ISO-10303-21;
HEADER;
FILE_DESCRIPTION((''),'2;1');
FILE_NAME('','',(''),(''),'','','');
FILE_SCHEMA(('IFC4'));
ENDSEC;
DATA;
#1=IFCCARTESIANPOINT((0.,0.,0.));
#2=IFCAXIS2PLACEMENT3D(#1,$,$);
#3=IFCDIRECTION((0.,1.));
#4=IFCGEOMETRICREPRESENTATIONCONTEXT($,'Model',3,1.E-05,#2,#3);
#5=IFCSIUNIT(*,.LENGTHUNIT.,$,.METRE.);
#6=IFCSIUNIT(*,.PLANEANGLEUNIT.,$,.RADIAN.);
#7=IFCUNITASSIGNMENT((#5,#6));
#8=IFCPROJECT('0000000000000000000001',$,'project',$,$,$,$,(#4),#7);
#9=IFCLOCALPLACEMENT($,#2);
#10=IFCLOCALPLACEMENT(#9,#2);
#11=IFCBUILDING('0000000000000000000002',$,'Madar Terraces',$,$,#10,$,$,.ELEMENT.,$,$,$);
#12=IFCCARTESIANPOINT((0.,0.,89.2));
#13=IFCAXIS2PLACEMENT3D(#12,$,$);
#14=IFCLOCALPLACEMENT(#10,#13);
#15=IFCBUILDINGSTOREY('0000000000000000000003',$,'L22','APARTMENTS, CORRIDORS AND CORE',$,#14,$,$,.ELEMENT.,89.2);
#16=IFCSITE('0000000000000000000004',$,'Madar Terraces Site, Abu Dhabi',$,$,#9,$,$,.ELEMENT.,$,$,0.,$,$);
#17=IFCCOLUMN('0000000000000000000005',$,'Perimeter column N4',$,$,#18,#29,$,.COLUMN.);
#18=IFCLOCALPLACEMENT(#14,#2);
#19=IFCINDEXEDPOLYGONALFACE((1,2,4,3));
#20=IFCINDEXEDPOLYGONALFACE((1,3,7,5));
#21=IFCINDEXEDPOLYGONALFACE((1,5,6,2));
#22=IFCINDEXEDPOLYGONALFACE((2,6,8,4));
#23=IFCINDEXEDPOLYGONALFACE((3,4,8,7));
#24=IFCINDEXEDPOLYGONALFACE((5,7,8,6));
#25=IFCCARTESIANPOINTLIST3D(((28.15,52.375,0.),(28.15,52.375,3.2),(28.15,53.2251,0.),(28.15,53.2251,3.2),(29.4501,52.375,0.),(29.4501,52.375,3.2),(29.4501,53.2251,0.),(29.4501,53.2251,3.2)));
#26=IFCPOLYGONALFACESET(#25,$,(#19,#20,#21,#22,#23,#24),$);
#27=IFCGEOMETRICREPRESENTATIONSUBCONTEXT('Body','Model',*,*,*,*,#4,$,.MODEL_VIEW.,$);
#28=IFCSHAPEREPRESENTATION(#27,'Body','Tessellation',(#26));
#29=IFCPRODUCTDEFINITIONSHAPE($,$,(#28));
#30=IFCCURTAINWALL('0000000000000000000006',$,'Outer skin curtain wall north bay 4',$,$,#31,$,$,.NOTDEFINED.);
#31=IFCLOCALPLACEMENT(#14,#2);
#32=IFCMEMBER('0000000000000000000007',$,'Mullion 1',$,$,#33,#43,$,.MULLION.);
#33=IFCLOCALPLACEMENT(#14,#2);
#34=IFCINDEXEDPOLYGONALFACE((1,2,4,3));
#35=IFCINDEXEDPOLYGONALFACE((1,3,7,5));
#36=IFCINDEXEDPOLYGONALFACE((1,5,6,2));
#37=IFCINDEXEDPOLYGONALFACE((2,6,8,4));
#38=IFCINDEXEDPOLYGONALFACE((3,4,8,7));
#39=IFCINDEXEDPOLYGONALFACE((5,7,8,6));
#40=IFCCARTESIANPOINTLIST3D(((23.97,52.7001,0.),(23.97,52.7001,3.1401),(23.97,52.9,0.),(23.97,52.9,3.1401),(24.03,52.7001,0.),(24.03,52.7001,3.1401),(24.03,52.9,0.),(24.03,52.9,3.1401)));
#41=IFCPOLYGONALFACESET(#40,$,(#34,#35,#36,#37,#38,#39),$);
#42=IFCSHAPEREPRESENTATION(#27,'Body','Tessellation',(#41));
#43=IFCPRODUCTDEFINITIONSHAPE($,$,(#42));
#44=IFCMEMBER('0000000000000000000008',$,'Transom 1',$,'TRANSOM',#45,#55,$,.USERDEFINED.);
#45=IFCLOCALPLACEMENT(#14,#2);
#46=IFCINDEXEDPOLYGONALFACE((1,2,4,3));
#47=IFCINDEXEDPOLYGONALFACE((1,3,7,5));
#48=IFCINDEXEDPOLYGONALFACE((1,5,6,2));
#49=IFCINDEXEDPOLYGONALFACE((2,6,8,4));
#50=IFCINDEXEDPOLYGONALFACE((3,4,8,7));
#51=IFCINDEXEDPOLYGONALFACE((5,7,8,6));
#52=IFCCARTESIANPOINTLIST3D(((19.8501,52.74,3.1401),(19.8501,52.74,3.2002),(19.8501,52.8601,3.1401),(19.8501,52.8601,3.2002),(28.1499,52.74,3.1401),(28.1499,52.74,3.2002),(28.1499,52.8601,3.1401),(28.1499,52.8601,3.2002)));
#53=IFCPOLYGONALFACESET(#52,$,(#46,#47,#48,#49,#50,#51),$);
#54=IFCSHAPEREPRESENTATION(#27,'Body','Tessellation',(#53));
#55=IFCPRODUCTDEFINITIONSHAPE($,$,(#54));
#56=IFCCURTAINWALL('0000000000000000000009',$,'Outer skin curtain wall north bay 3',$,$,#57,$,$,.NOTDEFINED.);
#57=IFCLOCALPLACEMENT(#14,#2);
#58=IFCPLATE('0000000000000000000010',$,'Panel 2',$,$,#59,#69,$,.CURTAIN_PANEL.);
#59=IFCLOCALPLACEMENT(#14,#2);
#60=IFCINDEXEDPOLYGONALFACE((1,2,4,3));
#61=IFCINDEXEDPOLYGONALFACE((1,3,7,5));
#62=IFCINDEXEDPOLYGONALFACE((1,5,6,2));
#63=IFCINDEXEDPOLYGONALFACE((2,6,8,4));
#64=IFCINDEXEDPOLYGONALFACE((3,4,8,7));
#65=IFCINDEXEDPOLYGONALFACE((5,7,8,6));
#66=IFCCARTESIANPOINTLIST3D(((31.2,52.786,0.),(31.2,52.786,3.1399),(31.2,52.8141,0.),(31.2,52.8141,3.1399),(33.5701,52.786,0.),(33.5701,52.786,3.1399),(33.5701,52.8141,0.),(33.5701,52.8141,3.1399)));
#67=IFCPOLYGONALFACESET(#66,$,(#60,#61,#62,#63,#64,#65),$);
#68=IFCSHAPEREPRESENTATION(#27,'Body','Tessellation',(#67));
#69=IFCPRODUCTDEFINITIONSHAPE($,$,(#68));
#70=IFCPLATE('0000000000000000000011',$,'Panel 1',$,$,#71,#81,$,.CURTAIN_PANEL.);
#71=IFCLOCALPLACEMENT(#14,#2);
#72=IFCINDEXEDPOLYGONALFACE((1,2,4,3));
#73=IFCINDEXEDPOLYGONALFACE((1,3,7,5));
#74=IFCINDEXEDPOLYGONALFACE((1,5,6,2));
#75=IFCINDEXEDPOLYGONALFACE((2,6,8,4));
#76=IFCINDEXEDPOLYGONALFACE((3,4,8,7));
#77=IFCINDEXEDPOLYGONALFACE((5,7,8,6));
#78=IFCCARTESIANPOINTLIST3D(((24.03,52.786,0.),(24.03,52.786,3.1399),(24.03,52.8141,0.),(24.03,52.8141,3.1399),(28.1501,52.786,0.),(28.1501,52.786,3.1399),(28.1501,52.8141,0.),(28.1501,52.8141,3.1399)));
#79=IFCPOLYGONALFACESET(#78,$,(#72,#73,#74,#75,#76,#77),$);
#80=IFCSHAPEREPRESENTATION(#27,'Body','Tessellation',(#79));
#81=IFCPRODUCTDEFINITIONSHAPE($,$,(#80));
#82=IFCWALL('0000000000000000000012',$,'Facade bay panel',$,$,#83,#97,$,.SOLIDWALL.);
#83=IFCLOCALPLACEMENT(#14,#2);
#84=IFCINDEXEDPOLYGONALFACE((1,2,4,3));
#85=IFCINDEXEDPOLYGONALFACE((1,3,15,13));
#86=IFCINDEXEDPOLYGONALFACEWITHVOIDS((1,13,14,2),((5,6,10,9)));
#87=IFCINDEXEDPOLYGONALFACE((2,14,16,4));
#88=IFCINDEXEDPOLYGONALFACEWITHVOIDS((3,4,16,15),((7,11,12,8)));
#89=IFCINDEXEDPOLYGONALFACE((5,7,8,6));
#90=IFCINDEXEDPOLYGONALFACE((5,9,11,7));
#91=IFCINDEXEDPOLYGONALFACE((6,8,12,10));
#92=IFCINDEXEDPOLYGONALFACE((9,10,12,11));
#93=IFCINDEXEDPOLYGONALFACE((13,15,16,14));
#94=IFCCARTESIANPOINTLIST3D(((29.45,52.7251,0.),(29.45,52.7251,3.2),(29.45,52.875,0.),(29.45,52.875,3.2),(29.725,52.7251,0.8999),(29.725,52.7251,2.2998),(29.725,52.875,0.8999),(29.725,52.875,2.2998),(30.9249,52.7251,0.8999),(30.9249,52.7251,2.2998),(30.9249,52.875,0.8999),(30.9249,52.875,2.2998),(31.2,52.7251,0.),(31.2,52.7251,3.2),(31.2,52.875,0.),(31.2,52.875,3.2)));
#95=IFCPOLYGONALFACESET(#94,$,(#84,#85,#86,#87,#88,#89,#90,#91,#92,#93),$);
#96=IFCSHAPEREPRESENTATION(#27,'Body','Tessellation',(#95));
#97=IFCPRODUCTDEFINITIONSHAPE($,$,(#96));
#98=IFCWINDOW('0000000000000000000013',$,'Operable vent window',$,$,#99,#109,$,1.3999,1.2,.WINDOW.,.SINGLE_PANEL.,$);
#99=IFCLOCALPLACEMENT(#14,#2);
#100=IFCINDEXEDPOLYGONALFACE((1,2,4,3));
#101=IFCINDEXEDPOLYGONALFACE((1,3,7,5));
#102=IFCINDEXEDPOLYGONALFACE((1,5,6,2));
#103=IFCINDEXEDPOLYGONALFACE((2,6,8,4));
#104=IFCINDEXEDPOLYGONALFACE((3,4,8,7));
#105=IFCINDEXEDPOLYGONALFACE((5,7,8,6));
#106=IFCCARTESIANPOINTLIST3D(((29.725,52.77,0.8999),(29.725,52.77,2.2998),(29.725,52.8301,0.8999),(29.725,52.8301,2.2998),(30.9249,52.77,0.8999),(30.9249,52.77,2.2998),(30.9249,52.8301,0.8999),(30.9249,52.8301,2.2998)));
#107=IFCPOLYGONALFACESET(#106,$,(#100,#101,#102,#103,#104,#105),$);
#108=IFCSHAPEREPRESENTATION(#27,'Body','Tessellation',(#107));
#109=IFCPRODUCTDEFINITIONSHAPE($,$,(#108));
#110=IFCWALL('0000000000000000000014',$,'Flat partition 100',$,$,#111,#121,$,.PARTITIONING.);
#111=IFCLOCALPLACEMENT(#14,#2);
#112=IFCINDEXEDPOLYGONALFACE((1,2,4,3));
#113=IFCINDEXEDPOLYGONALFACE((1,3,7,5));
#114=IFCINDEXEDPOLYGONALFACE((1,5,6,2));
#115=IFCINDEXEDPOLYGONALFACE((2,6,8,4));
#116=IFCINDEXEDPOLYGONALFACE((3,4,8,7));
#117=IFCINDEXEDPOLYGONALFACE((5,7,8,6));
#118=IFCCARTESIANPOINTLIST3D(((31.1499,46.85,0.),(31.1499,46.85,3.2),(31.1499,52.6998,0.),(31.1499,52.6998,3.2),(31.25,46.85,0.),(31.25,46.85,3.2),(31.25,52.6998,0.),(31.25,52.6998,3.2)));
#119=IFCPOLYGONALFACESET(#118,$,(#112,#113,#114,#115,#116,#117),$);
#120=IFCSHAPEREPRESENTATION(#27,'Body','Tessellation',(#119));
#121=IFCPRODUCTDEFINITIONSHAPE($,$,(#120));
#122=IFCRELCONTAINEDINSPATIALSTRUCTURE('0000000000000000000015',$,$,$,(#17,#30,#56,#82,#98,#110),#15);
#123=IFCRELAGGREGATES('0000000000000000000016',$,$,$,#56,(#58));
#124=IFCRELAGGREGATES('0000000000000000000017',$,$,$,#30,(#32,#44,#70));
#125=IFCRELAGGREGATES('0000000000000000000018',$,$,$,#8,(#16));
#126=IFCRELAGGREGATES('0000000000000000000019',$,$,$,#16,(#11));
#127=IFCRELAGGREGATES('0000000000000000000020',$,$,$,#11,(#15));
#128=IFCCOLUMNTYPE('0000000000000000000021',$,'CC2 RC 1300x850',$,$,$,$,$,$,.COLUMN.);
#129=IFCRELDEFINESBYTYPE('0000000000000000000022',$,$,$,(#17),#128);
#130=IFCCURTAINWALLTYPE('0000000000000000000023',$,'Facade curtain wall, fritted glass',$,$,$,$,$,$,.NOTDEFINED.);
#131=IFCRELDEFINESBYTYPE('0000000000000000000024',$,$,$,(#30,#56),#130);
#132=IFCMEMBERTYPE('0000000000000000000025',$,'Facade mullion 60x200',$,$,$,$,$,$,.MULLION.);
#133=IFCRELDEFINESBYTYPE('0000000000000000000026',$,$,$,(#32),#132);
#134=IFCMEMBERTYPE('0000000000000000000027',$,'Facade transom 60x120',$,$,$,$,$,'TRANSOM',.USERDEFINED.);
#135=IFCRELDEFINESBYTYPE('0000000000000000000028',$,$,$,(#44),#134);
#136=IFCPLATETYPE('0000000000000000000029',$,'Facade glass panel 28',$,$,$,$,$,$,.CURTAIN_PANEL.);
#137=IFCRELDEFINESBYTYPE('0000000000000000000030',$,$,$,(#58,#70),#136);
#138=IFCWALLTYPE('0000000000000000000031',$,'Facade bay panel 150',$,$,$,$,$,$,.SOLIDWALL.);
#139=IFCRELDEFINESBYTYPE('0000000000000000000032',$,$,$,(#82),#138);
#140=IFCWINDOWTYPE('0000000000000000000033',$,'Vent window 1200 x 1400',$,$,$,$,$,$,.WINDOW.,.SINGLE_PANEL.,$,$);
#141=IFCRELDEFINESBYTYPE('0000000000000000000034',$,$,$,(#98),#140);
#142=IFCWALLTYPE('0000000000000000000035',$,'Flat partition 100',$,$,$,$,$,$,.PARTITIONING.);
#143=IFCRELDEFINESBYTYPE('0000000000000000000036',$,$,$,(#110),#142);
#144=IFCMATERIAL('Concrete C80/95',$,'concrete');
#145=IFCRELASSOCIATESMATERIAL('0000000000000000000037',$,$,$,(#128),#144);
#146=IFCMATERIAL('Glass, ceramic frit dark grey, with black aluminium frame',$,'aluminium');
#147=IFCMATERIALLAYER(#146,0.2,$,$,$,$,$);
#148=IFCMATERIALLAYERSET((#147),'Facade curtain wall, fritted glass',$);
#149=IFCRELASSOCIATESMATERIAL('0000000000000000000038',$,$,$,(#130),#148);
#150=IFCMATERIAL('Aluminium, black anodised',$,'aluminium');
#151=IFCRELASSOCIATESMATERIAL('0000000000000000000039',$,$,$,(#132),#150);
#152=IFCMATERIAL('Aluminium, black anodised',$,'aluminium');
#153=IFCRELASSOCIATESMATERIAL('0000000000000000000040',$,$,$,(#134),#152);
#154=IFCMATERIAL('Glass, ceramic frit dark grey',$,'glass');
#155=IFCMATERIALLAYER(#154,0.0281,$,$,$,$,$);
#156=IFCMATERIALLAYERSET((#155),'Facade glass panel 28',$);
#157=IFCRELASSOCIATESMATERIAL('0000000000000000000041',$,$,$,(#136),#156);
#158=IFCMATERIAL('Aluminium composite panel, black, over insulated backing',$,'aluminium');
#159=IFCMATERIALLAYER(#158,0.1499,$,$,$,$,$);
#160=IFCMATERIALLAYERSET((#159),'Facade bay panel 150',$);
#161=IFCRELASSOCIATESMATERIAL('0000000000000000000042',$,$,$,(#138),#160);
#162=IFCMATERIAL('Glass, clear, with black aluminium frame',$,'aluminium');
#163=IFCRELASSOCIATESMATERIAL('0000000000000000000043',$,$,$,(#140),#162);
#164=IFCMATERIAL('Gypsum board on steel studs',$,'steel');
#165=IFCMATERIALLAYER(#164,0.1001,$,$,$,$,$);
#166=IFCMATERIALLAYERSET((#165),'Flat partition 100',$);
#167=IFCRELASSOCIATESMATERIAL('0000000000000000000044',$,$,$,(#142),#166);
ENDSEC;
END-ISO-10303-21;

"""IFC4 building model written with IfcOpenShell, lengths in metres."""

from ifc_helpers import new_model, si_unit, direction, frame, frame_2d, origin, origin_2d, place, context, subcontext, project, spatial, rectangle, extrude, material, layer, layer_set, material_profile, profile_set, type_object, element, fill, aggregate, save


model = new_model("IFC4")

# Units and contexts
model_context = context("Model", 3, precision=1e-05, world=origin(), true_north=direction((0.0, 1.0)))
body_context = subcontext(model_context, "Body", "Model", "MODEL_VIEW")
ifc_project = project(units=[si_unit("LENGTHUNIT", "METRE"), si_unit("PLANEANGLEUNIT", "RADIAN")], contexts=[model_context])

# Site, building, storey
site_placement = place(None, origin())
site = spatial("IfcSite", under=ifc_project, at=site_placement, Name="Madar Terraces Site, Abu Dhabi", CompositionType="ELEMENT", RefElevation=0.0)
building_placement = place(site_placement, origin())
building = spatial("IfcBuilding", under=site, at=building_placement, Name="Madar Terraces", CompositionType="ELEMENT")
storey_placement = place(building_placement, frame((0.0, 0.0, 89.2)))
storey = spatial("IfcBuildingStorey", under=building, at=storey_placement, Name="L22", Description="APARTMENTS, CORRIDORS AND CORE", CompositionType="ELEMENT", Elevation=89.2)

# Column
ifc_material_1 = material(Name="Concrete C80/95", Category="concrete")
ifc_material_profile_1 = material_profile(ifc_material_1, rectangle(XDim=1.3, YDim=0.8501, at=origin_2d()), Name="CC2 RC 1300x850")
ifc_profile_set_1 = profile_set([ifc_material_profile_1], Name="Concrete C80/95")
column_type = type_object("IfcColumnType", Name="CC2 RC 1300x850", PredefinedType="COLUMN", material=ifc_profile_set_1)
column_placement = place(storey_placement, frame((28.8, 52.8, 0.0), z_axis=(0.0, 0.0, 1.0), x_axis=(1.0, 0.0, 0.0)))
element("IfcColumn", 1, at=column_placement, inside=storey, type_object=column_type, Name="Perimeter column N4", PredefinedType="COLUMN", context=body_context, shape_type="SweptSolid", body=[
    extrude(rectangle(XDim=1.3, YDim=0.8501, at=origin_2d()), origin(), (0.0, 0.0, 1.0), 3.2),
])

# Curtain wall, members
ifc_material_2 = material(Name="Glass, ceramic frit dark grey, with black aluminium frame", Category="aluminium")
ifc_layer_1 = layer(ifc_material_2, 0.2)
ifc_layer_set_1 = layer_set([ifc_layer_1], Name="Facade curtain wall, fritted glass")
curtain_wall_type = type_object("IfcCurtainWallType", Name="Facade curtain wall, fritted glass", PredefinedType="NOTDEFINED", material=ifc_layer_set_1)
curtain_wall_1_placement = place(storey_placement, origin())
curtain_wall_1 = element("IfcCurtainWall", 2, at=curtain_wall_1_placement, inside=storey, type_object=curtain_wall_type, Name="Outer skin curtain wall north bay 4", PredefinedType="NOTDEFINED")
ifc_material_3 = material(Name="Aluminium, black anodised", Category="aluminium")
ifc_material_profile_2 = material_profile(ifc_material_3, rectangle(XDim=0.2, YDim=0.0601, at=origin_2d()), Name="Facade mullion 60x200")
ifc_profile_set_2 = profile_set([ifc_material_profile_2], Name="Aluminium, black anodised")
member_type_1 = type_object("IfcMemberType", Name="Facade mullion 60x200", PredefinedType="MULLION", material=ifc_profile_set_2)
member_1_placement = place(storey_placement, frame((24.0, 52.8, 0.0), z_axis=(0.0, 0.0, 1.0), x_axis=(0.0, -1.0, 0.0)))
member_1 = element("IfcMember", 3, at=member_1_placement, type_object=member_type_1, Name="Mullion 1", PredefinedType="MULLION", context=body_context, shape_type="SweptSolid", body=[
    extrude(rectangle(XDim=0.2, YDim=0.0601, at=origin_2d()), origin(), (0.0, 0.0, 1.0), 3.1401),
])
ifc_material_4 = material(Name="Aluminium, black anodised", Category="aluminium")
ifc_material_profile_3 = material_profile(ifc_material_4, rectangle(XDim=0.1201, YDim=0.0601, at=origin_2d()), Name="Facade transom 60x120")
ifc_profile_set_3 = profile_set([ifc_material_profile_3], Name="Aluminium, black anodised")
member_type_2 = type_object("IfcMemberType", Name="Facade transom 60x120", ElementType="TRANSOM", PredefinedType="USERDEFINED", material=ifc_profile_set_3)
member_2_placement = place(storey_placement, frame((28.1499, 52.8, 3.1702), z_axis=(-1.0, 0.0, 0.0), x_axis=(0.0, -1.0, 0.0)))
member_2 = element("IfcMember", 4, at=member_2_placement, type_object=member_type_2, Name="Transom 1", ObjectType="TRANSOM", PredefinedType="USERDEFINED", context=body_context, shape_type="SweptSolid", body=[
    extrude(rectangle(XDim=0.1201, YDim=0.0601, at=origin_2d()), origin(), (0.0, 0.0, 1.0), 8.2998),
])

# Curtain wall, plate
curtain_wall_2_placement = place(storey_placement, origin())
curtain_wall_2 = element("IfcCurtainWall", 5, at=curtain_wall_2_placement, inside=storey, type_object=curtain_wall_type, Name="Outer skin curtain wall north bay 3", PredefinedType="NOTDEFINED")
ifc_material_5 = material(Name="Glass, ceramic frit dark grey", Category="glass")
ifc_layer_2 = layer(ifc_material_5, 0.0281)
ifc_layer_set_2 = layer_set([ifc_layer_2], Name="Facade glass panel 28")
plate_type = type_object("IfcPlateType", Name="Facade glass panel 28", PredefinedType="CURTAIN_PANEL", material=ifc_layer_set_2)
plate_1_placement = place(storey_placement, frame((32.385, 52.8, 0.0), z_axis=(0.0, 0.0, 1.0), x_axis=(-1.0, 0.0, 0.0)))
plate_1 = element("IfcPlate", 6, at=plate_1_placement, type_object=plate_type, Name="Panel 2", PredefinedType="CURTAIN_PANEL", context=body_context, shape_type="SweptSolid", body=[
    extrude(rectangle(XDim=2.3701, YDim=0.0281, at=origin_2d()), origin(), (0.0, 0.0, 1.0), 3.1399),
])
aggregate(curtain_wall_2, [plate_1])

# Plate
plate_2_placement = place(storey_placement, frame((26.0901, 52.8, 0.0), z_axis=(0.0, 0.0, 1.0), x_axis=(-1.0, 0.0, 0.0)))
plate_2 = element("IfcPlate", 7, at=plate_2_placement, type_object=plate_type, Name="Panel 1", PredefinedType="CURTAIN_PANEL", context=body_context, shape_type="SweptSolid", body=[
    extrude(rectangle(XDim=4.1201, YDim=0.0281, at=origin_2d()), origin(), (0.0, 0.0, 1.0), 3.1399),
])
aggregate(curtain_wall_1, [member_1, member_2, plate_2])

# Wall, opening, window
ifc_material_6 = material(Name="Aluminium composite panel, black, over insulated backing", Category="aluminium")
ifc_layer_3 = layer(ifc_material_6, 0.1499)
ifc_layer_set_3 = layer_set([ifc_layer_3], Name="Facade bay panel 150")
wall_type_1 = type_object("IfcWallType", Name="Facade bay panel 150", PredefinedType="SOLIDWALL", material=ifc_layer_set_3)
wall_1_placement = place(storey_placement, frame((31.2, 52.8, 0.0), z_axis=(0.0, 0.0, 1.0), x_axis=(-1.0, 0.0, 0.0)))
wall_1 = element("IfcWall", 8, at=wall_1_placement, inside=storey, type_object=wall_type_1, Name="Facade bay panel", PredefinedType="SOLIDWALL", context=body_context, shape_type="SweptSolid", body=[
    extrude(rectangle(XDim=1.75, YDim=0.1499, at=frame_2d((0.875, 0.0))), origin(), (0.0, 0.0, 1.0), 3.2),
])
opening_1_placement = place(wall_1_placement, frame((0.2749, 0.0, 0.8999)))
opening_1 = element("IfcOpeningElement", 9, at=opening_1_placement, cuts=wall_1, PredefinedType="OPENING", context=body_context, shape_type="SweptSolid", body=[
    extrude(rectangle(XDim=1.2, YDim=1.3999, at=frame_2d((0.6001, 0.7))), frame((0.0, 0.085, 0.0), z_axis=(0.0, -1.0, 0.0), x_axis=(1.0, 0.0, 0.0)), (0.0, 0.0, 1.0), 0.1699),
])
ifc_material_7 = material(Name="Glass, clear, with black aluminium frame", Category="aluminium")
window_type = type_object("IfcWindowType", Name="Vent window 1200 x 1400", PartitioningType="SINGLE_PANEL", PredefinedType="WINDOW", material=ifc_material_7)
window_placement = place(opening_1_placement, origin())
window = element("IfcWindow", 10, at=window_placement, inside=storey, type_object=window_type, Name="Operable vent window", OverallHeight=1.3999, OverallWidth=1.2, PartitioningType="SINGLE_PANEL", PredefinedType="WINDOW", context=body_context, shape_type="SweptSolid", body=[
    extrude(rectangle(XDim=1.2, YDim=1.3999, at=frame_2d((0.6001, 0.7))), frame((0.0, 0.03, 0.0), z_axis=(0.0, -1.0, 0.0), x_axis=(1.0, 0.0, 0.0)), (0.0, 0.0, 1.0), 0.0601),
])
fill(opening_1, window)

# Wall
ifc_material_8 = material(Name="Gypsum board on steel studs", Category="steel")
ifc_layer_4 = layer(ifc_material_8, 0.1001)
ifc_layer_set_4 = layer_set([ifc_layer_4], Name="Flat partition 100")
wall_type_2 = type_object("IfcWallType", Name="Flat partition 100", PredefinedType="PARTITIONING", material=ifc_layer_set_4)
wall_2_placement = place(storey_placement, frame((31.2, 46.8501, 0.0), z_axis=(0.0, 0.0, 1.0), x_axis=(0.0, 1.0, 0.0)))
element("IfcWall", 11, at=wall_2_placement, inside=storey, type_object=wall_type_2, Name="Flat partition 100", PredefinedType="PARTITIONING", context=body_context, shape_type="SweptSolid", body=[
    extrude(rectangle(XDim=5.8499, YDim=0.1001, at=frame_2d((2.9248, 0.0))), origin(), (0.0, 0.0, 1.0), 3.2),
])

save(model, "model.ifc")
